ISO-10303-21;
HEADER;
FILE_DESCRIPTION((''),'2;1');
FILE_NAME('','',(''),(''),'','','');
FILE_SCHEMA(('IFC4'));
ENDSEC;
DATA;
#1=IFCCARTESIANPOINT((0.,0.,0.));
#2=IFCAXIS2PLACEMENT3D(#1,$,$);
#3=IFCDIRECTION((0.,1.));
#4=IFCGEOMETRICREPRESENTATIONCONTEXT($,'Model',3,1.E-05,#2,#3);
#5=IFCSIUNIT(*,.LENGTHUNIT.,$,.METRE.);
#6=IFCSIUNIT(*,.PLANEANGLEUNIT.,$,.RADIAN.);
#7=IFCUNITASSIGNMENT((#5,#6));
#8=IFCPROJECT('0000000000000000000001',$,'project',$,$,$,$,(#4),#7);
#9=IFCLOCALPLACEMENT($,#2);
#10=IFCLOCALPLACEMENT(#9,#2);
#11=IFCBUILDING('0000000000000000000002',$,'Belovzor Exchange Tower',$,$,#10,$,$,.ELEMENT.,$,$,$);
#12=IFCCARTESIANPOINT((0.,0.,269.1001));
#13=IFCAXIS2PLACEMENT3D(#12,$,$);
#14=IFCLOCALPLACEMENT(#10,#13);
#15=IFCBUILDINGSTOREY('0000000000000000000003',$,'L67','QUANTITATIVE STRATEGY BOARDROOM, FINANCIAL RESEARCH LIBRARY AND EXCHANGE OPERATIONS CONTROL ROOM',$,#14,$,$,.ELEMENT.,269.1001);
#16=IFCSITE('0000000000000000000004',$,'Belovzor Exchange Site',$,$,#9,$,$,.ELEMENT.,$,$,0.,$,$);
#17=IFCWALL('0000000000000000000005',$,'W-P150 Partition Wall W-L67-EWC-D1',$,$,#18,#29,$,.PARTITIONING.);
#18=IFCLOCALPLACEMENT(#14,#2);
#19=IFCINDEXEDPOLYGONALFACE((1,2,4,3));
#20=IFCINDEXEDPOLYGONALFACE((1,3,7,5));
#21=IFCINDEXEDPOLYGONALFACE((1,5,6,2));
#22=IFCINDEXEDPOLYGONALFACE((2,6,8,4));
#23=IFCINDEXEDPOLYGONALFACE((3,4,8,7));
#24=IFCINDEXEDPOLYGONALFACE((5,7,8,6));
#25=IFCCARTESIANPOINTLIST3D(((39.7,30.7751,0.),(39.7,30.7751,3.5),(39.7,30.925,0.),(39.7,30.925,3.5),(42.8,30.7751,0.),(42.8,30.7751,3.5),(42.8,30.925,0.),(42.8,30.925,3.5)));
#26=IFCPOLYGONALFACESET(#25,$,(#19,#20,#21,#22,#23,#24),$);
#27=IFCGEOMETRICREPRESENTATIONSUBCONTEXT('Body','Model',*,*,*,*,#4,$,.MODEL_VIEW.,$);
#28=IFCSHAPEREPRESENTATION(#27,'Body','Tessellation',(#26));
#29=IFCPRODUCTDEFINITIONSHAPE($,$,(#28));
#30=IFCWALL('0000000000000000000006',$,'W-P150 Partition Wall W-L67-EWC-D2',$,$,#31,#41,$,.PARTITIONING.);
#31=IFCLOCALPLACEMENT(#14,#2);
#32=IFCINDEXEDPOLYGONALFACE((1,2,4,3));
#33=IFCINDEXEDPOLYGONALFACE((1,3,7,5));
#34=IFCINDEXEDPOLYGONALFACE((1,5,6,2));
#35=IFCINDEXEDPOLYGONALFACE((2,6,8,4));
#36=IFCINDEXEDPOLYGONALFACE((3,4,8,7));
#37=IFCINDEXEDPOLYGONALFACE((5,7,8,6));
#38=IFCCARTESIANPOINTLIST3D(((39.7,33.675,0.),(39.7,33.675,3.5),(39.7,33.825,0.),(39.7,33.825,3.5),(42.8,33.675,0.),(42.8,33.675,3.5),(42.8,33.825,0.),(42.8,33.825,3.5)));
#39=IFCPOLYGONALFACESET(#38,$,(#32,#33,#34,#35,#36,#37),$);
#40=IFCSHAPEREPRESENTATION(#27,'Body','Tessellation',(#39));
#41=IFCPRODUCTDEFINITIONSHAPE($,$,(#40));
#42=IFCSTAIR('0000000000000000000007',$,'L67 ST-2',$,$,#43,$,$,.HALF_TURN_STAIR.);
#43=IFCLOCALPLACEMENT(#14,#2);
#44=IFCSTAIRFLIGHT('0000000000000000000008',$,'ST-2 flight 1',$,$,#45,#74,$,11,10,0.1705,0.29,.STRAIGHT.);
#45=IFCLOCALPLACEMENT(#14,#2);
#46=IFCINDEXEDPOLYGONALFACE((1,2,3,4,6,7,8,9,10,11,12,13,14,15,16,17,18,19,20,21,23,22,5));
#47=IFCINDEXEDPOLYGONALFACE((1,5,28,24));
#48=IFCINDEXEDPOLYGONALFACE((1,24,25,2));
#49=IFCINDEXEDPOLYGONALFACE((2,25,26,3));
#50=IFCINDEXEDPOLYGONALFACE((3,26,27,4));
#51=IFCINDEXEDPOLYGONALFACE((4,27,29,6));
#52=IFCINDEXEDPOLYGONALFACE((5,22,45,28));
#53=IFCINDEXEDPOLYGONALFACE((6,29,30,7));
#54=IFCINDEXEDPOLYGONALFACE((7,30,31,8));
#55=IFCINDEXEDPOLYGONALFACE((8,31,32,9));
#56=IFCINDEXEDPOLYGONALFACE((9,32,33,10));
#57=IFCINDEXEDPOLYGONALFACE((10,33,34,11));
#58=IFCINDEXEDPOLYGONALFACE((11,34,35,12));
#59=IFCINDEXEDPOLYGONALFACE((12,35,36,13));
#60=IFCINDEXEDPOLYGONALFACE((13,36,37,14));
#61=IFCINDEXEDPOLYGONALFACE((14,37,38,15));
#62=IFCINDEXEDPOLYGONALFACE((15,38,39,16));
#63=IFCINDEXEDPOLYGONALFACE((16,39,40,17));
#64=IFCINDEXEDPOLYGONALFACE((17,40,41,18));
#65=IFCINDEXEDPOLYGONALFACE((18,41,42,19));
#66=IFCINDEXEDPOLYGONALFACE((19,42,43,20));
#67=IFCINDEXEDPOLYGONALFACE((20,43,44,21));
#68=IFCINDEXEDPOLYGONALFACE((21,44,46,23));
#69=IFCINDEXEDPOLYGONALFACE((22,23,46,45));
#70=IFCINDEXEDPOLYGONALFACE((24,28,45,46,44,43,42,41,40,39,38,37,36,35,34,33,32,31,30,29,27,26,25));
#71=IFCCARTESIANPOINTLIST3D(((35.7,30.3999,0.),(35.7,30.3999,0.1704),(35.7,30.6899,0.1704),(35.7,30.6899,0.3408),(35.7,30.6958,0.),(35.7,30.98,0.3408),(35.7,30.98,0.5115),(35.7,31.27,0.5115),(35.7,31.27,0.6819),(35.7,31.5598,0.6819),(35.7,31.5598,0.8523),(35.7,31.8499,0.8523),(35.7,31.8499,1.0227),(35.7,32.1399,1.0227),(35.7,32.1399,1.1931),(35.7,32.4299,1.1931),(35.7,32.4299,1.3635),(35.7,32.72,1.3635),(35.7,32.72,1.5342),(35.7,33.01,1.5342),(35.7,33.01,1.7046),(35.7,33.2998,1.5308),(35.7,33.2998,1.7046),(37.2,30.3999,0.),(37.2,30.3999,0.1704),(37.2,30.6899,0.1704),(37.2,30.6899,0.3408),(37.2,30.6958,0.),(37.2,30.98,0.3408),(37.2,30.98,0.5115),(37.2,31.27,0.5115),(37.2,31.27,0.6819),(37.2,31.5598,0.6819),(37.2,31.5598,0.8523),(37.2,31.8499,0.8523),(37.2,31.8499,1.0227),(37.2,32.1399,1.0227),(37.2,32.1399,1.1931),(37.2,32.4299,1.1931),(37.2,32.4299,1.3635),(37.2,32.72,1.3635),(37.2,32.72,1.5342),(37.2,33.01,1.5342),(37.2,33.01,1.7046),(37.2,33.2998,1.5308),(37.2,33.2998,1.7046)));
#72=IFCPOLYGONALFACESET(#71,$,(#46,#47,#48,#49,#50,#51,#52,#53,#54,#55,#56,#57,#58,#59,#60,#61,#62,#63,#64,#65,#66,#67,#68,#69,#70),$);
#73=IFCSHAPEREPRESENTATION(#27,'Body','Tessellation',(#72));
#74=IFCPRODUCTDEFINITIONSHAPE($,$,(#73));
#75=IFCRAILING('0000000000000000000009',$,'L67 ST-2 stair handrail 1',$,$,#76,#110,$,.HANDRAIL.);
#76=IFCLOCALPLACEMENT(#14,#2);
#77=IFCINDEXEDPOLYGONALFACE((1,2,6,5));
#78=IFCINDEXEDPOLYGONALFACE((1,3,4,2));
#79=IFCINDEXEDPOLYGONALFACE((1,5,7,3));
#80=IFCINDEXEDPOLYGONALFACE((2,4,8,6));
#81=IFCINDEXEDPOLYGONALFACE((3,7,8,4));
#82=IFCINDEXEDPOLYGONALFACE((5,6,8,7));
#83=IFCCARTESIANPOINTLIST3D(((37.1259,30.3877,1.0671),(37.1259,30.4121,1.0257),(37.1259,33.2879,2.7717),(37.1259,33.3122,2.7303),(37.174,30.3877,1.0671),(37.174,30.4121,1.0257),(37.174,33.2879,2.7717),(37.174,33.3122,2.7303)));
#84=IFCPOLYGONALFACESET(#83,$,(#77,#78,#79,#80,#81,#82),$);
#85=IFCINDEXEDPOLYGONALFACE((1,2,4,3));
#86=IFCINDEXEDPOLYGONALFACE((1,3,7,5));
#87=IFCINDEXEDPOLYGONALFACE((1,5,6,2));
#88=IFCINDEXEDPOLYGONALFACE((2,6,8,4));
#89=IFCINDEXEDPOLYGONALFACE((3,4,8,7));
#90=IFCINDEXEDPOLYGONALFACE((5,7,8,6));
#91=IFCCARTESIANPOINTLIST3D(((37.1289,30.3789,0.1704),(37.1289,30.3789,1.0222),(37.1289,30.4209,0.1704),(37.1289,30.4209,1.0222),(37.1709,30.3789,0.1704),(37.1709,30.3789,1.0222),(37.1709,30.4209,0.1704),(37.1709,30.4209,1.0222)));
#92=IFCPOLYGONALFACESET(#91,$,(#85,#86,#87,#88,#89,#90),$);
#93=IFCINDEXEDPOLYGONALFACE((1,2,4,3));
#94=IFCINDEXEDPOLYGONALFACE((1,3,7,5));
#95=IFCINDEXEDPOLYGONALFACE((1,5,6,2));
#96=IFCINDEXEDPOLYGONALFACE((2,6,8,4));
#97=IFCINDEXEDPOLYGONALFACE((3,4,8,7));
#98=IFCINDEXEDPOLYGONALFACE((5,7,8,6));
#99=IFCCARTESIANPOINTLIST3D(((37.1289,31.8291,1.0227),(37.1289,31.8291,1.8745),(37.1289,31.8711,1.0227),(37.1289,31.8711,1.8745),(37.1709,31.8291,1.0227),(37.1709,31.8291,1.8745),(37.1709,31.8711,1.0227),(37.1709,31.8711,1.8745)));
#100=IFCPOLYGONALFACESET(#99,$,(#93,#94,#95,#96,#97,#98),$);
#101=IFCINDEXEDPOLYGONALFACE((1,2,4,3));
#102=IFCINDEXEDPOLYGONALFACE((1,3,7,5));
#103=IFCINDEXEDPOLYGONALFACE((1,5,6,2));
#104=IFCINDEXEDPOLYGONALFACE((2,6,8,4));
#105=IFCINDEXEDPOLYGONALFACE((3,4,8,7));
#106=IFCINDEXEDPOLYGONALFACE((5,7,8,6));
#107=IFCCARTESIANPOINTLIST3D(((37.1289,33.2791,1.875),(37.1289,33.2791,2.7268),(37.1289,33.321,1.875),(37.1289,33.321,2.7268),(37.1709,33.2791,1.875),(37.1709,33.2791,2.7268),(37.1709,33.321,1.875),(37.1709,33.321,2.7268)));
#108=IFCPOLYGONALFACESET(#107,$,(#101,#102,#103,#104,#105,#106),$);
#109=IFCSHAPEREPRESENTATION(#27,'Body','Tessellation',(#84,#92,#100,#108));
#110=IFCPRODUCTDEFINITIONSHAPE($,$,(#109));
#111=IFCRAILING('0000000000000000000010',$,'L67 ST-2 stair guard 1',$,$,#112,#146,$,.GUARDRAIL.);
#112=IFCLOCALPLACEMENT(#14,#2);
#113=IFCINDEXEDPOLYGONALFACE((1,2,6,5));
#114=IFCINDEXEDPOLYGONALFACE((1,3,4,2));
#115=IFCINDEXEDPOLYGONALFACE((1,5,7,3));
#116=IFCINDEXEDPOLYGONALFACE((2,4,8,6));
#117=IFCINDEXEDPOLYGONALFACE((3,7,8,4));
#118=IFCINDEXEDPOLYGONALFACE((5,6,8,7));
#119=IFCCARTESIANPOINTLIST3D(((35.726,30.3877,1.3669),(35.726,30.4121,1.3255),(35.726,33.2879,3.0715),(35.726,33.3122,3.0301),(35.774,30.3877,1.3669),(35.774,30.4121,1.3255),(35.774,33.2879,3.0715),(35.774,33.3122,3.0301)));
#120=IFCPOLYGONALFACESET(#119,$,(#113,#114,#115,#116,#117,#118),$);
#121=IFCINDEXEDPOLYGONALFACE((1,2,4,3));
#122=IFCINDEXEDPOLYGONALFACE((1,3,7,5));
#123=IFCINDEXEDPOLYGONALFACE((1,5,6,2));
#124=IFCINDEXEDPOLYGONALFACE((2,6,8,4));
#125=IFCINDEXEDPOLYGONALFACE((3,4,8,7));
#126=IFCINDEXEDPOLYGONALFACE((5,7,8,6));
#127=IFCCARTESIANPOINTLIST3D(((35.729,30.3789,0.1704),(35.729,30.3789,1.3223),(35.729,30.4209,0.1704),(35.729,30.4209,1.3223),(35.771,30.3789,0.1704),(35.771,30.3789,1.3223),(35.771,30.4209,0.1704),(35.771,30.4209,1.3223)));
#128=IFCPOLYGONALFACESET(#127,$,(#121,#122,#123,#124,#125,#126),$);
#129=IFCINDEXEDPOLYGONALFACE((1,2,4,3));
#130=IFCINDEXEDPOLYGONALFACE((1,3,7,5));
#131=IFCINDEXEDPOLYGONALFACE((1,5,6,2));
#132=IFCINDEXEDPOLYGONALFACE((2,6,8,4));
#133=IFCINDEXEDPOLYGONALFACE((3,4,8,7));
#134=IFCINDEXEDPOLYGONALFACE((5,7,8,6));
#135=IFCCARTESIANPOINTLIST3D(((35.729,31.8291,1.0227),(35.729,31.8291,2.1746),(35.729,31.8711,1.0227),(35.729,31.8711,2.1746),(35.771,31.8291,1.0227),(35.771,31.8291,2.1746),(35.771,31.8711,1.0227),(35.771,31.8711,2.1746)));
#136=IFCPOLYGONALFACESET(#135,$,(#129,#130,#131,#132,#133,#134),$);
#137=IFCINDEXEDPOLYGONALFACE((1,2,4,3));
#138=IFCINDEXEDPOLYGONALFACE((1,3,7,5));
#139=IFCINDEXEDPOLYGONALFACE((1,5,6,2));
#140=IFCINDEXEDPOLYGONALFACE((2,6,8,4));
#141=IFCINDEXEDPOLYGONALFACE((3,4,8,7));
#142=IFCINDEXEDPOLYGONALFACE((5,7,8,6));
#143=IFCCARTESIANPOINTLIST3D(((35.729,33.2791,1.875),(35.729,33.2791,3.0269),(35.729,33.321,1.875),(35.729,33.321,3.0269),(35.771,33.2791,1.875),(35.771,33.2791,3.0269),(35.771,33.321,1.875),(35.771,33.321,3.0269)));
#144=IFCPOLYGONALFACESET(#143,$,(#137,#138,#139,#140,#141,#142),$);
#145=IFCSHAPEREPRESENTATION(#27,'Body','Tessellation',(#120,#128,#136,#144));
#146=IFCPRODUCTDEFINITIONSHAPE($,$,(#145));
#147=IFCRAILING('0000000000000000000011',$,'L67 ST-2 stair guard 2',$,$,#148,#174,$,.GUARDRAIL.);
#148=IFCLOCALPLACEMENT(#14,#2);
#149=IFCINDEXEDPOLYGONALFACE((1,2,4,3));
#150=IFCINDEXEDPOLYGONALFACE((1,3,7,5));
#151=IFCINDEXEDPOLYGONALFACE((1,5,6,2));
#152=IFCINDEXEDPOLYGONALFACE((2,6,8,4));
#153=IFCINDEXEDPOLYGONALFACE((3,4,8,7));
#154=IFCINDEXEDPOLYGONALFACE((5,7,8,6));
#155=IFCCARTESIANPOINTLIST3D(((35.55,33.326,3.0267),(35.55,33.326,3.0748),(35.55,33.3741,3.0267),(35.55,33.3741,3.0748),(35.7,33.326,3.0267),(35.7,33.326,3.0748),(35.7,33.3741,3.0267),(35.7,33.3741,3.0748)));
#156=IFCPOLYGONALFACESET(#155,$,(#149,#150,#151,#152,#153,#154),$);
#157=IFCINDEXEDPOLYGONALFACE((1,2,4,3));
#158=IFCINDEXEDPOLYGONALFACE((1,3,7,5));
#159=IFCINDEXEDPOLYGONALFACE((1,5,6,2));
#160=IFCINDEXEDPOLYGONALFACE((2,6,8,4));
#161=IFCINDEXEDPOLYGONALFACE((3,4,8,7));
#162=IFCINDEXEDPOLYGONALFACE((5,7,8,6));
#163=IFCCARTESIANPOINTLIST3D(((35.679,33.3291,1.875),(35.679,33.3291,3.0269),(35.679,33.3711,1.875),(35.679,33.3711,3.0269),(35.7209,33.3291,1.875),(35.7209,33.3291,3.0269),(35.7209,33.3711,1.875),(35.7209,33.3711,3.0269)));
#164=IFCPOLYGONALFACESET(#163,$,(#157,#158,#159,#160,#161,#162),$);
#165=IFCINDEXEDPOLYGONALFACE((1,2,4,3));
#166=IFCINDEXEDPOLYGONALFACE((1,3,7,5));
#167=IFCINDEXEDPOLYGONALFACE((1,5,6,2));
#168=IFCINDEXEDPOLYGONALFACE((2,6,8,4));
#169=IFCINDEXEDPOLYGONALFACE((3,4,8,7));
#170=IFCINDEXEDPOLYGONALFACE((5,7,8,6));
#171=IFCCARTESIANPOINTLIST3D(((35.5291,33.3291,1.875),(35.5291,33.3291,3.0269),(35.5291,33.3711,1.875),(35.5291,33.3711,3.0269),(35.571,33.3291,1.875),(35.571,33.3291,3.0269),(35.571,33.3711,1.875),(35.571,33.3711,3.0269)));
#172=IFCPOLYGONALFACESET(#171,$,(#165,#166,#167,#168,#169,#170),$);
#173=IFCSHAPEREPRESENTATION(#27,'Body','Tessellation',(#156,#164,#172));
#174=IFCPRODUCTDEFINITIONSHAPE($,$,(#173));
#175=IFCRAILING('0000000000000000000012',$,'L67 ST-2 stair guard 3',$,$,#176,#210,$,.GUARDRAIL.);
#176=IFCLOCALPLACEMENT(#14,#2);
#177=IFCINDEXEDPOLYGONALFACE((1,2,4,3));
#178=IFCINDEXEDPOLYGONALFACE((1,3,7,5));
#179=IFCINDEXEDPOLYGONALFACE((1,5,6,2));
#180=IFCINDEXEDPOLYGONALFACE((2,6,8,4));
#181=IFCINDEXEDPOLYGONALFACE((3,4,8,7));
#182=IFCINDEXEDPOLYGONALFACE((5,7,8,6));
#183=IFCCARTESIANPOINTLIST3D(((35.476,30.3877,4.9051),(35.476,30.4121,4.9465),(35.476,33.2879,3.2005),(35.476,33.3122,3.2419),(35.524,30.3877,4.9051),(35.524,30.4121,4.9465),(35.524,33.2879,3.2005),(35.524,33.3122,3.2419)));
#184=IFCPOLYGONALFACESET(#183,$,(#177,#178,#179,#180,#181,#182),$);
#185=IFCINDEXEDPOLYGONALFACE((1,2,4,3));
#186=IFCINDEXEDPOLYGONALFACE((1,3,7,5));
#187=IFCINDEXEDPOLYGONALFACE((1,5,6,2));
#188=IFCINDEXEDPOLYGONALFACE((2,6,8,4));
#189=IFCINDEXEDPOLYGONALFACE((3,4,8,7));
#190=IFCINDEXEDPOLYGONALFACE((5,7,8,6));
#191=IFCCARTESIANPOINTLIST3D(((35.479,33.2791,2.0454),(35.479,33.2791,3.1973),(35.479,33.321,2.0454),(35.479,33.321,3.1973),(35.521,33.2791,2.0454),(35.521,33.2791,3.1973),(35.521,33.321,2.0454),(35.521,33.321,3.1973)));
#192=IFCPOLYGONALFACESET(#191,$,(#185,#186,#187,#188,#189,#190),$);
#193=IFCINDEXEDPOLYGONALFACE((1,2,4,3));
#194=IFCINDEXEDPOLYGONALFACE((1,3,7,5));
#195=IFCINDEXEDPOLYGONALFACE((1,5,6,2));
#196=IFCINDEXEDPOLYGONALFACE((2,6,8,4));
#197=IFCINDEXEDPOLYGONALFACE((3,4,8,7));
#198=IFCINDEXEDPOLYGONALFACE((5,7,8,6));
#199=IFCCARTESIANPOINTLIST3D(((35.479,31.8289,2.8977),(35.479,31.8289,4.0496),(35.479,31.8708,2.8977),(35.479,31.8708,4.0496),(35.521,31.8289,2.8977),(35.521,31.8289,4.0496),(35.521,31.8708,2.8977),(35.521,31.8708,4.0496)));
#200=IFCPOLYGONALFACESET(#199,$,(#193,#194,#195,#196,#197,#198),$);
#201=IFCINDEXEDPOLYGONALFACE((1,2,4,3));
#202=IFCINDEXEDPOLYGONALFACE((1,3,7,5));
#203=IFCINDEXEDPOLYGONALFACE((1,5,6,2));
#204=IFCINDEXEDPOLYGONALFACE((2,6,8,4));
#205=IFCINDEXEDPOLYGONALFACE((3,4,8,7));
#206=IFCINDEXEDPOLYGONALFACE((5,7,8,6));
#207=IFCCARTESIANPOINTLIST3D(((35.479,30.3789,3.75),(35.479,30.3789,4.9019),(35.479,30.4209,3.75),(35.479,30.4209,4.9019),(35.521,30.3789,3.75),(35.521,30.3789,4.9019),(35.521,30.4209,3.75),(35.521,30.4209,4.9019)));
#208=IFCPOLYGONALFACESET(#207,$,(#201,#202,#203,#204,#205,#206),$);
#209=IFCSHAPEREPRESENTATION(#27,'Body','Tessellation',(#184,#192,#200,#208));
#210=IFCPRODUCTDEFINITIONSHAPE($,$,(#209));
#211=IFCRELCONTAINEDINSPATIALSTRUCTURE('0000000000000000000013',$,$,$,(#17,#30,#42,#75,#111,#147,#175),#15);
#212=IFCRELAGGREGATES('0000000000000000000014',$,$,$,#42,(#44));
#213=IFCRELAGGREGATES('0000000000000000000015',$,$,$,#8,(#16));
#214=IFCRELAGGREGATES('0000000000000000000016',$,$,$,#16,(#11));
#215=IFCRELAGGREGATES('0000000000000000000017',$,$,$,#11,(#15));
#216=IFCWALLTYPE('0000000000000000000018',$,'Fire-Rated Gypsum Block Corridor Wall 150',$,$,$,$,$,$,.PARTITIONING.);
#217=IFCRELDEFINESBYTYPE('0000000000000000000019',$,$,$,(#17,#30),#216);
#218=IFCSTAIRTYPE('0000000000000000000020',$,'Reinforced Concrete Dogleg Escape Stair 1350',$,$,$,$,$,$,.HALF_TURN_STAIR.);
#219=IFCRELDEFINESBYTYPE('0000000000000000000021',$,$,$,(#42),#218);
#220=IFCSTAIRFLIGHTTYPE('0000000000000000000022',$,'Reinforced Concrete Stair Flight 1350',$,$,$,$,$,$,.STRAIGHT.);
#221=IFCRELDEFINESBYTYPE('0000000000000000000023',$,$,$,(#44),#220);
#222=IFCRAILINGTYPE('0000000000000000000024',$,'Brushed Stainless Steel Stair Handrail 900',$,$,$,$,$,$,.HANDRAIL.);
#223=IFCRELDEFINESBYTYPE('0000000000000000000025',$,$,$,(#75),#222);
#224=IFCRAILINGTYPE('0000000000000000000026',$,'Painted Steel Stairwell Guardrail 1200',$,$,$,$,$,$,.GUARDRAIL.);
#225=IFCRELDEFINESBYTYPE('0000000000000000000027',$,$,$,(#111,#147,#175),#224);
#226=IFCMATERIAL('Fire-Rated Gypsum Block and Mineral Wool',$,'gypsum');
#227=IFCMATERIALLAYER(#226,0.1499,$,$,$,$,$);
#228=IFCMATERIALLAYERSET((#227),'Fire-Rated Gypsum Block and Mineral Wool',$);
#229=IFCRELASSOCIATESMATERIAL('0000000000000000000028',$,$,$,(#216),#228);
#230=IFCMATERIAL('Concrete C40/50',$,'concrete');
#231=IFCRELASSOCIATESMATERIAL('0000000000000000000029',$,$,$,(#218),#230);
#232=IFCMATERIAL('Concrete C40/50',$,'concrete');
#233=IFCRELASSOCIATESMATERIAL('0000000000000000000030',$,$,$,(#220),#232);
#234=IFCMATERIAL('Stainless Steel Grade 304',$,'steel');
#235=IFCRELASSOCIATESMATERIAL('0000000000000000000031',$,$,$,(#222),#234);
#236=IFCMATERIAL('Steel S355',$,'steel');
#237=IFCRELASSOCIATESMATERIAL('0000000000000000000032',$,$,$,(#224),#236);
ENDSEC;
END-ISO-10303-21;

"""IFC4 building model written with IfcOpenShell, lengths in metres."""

from ifc_helpers import new_model, si_unit, direction, frame, frame_2d, origin, origin_2d, place, context, subcontext, project, spatial, polyline, rectangle, outline, extrude, material, layer, layer_set, type_object, element, aggregate, save


model = new_model("IFC4")

# Units and contexts
model_context = context("Model", 3, precision=1e-05, world=origin(), true_north=direction((0.0, 1.0)))
body_context = subcontext(model_context, "Body", "Model", "MODEL_VIEW")
ifc_project = project(units=[si_unit("LENGTHUNIT", "METRE"), si_unit("PLANEANGLEUNIT", "RADIAN")], contexts=[model_context])

# Site, building, storey
site_placement = place(None, origin())
site = spatial("IfcSite", under=ifc_project, at=site_placement, Name="Belovzor Exchange Site", CompositionType="ELEMENT", RefElevation=0.0)
building_placement = place(site_placement, origin())
building = spatial("IfcBuilding", under=site, at=building_placement, Name="Belovzor Exchange Tower", CompositionType="ELEMENT")
storey_placement = place(building_placement, frame((0.0, 0.0, 269.1001)))
storey = spatial("IfcBuildingStorey", under=building, at=storey_placement, Name="L67", Description="QUANTITATIVE STRATEGY BOARDROOM, FINANCIAL RESEARCH LIBRARY AND EXCHANGE OPERATIONS CONTROL ROOM", CompositionType="ELEMENT", Elevation=269.1001)

# Walls
ifc_material_1 = material(Name="Fire-Rated Gypsum Block and Mineral Wool", Category="gypsum")
ifc_layer_1 = layer(ifc_material_1, 0.1499)
ifc_layer_set_1 = layer_set([ifc_layer_1], Name="Fire-Rated Gypsum Block and Mineral Wool")
wall_type = type_object("IfcWallType", Name="Fire-Rated Gypsum Block Corridor Wall 150", PredefinedType="PARTITIONING", material=ifc_layer_set_1)
for number, where, z_axis, x_axis, name in (
    (1, (39.7, 30.8501, 0.0), (0.0, 0.0, 1.0), (1.0, 0.0, 0.0), "W-P150 Partition Wall W-L67-EWC-D1"),
    (2, (39.7, 33.75, 0.0), (0.0, 0.0, 1.0), (1.0, 0.0, 0.0), "W-P150 Partition Wall W-L67-EWC-D2"),
):
    element("IfcWall", number, at=place(storey_placement, frame(where, z_axis=z_axis, x_axis=x_axis)), inside=storey, type_object=wall_type, Name=name, PredefinedType="PARTITIONING", context=body_context, shape_type="SweptSolid", body=[
        extrude(rectangle(XDim=3.1001, YDim=0.1499, at=frame_2d((1.55, 0.0))), origin(), (0.0, 0.0, 1.0), 3.5),
    ])

# Stair, stair flight
ifc_material_2 = material(Name="Concrete C40/50", Category="concrete")
stair_type = type_object("IfcStairType", Name="Reinforced Concrete Dogleg Escape Stair 1350", PredefinedType="HALF_TURN_STAIR", material=ifc_material_2)
stair_placement = place(storey_placement, origin())
stair = element("IfcStair", 3, at=stair_placement, inside=storey, type_object=stair_type, Name="L67 ST-2", PredefinedType="HALF_TURN_STAIR")
ifc_material_3 = material(Name="Concrete C40/50", Category="concrete")
stair_flight_type = type_object("IfcStairFlightType", Name="Reinforced Concrete Stair Flight 1350", PredefinedType="STRAIGHT", material=ifc_material_3)
stair_flight_placement = place(storey_placement, frame((36.45, 30.3999, 0.0), z_axis=(0.0, 0.0, 1.0), x_axis=(0.0, 1.0, 0.0)))
stair_flight = element("IfcStairFlight", 4, at=stair_flight_placement, type_object=stair_flight_type, Name="ST-2 flight 1", NumberOfRisers=11, NumberOfTreads=10, PredefinedType="STRAIGHT", RiserHeight=0.1705, TreadLength=0.29, context=body_context, shape_type="SweptSolid", body=[
    extrude(outline(polyline([(0.0, 0.0), (0.0, 0.1704), (0.29, 0.1704), (0.29, 0.3408), (0.5801, 0.3408), (0.5801, 0.5115), (0.8701, 0.5115), (0.8701, 0.6819), (1.1599, 0.6819), (1.1599, 0.8523), (1.45, 0.8523), (1.45, 1.0227), (1.74, 1.0227), (1.74, 1.1931), (2.03, 1.1931), (2.03, 1.3635), (2.3201, 1.3635), (2.3201, 1.5342), (2.6101, 1.5342), (2.6101, 1.7046), (2.8999, 1.7046), (2.8999, 1.875), (2.8999, 1.5308), (0.2959, 0.0), (0.0, 0.0)])), frame((0.0, 0.75, 0.0), z_axis=(0.0, -1.0, 0.0), x_axis=(1.0, 0.0, 0.0)), (0.0, 0.0, 1.0), 1.5),
])
aggregate(stair, [stair_flight])

# Railings
ifc_material_4 = material(Name="Stainless Steel Grade 304", Category="steel")
railing_type_1 = type_object("IfcRailingType", Name="Brushed Stainless Steel Stair Handrail 900", PredefinedType="HANDRAIL", material=ifc_material_4)
railing_1_placement = place(storey_placement, frame((37.1499, 30.3999, 0.1704)))
element("IfcRailing", 5, at=railing_1_placement, inside=storey, type_object=railing_type_1, Name="L67 ST-2 stair handrail 1", PredefinedType="HANDRAIL", context=body_context, shape_type="SweptSolid", body=[
    extrude(rectangle(XDim=0.0481, YDim=0.0481, at=origin_2d()), frame((0.0, 0.0, 0.876), z_axis=(0.0, 0.862113, 0.506716), x_axis=(-1.0, 0.0, 0.0)), (0.0, 0.0, 1.0), 3.364),
    extrude(rectangle(XDim=0.042, YDim=0.042, at=origin_2d()), origin(), (0.0, 0.0, 1.0), 0.8518),
    extrude(rectangle(XDim=0.042, YDim=0.042, at=origin_2d()), frame((0.0, 1.4502, 0.8523)), (0.0, 0.0, 1.0), 0.8518),
    extrude(rectangle(XDim=0.042, YDim=0.042, at=origin_2d()), frame((0.0, 2.9001, 1.7046)), (0.0, 0.0, 1.0), 0.8518),
])
ifc_material_5 = material(Name="Steel S355", Category="steel")
railing_type_2 = type_object("IfcRailingType", Name="Painted Steel Stairwell Guardrail 1200", PredefinedType="GUARDRAIL", material=ifc_material_5)
railing_2_placement = place(storey_placement, frame((35.75, 30.3999, 0.1704)))
element("IfcRailing", 6, at=railing_2_placement, inside=storey, type_object=railing_type_2, Name="L67 ST-2 stair guard 1", PredefinedType="GUARDRAIL", context=body_context, shape_type="SweptSolid", body=[
    extrude(rectangle(XDim=0.0481, YDim=0.0481, at=origin_2d()), frame((0.0, 0.0, 1.1758), z_axis=(0.0, 0.862113, 0.506716), x_axis=(-1.0, 0.0, 0.0)), (0.0, 0.0, 1.0), 3.364),
    extrude(rectangle(XDim=0.042, YDim=0.042, at=origin_2d()), origin(), (0.0, 0.0, 1.0), 1.1519),
    extrude(rectangle(XDim=0.042, YDim=0.042, at=origin_2d()), frame((0.0, 1.4502, 0.8523)), (0.0, 0.0, 1.0), 1.1519),
    extrude(rectangle(XDim=0.042, YDim=0.042, at=origin_2d()), frame((0.0, 2.9001, 1.7046)), (0.0, 0.0, 1.0), 1.1519),
])
railing_3_placement = place(storey_placement, frame((35.7, 33.3501, 1.875)))
element("IfcRailing", 7, at=railing_3_placement, inside=storey, type_object=railing_type_2, Name="L67 ST-2 stair guard 2", PredefinedType="GUARDRAIL", context=body_context, shape_type="SweptSolid", body=[
    extrude(rectangle(XDim=0.0481, YDim=0.0481, at=origin_2d()), frame((0.0, 0.0, 1.1758), z_axis=(-1.0, 0.0, 0.0), x_axis=(0.0, -1.0, 0.0)), (0.0, 0.0, 1.0), 0.1499),
    extrude(rectangle(XDim=0.042, YDim=0.042, at=origin_2d()), origin(), (0.0, 0.0, 1.0), 1.1519),
    extrude(rectangle(XDim=0.042, YDim=0.042, at=origin_2d()), frame((-0.1499, 0.0, 0.0)), (0.0, 0.0, 1.0), 1.1519),
])
railing_4_placement = place(storey_placement, frame((35.5, 33.3, 2.0454)))
element("IfcRailing", 8, at=railing_4_placement, inside=storey, type_object=railing_type_2, Name="L67 ST-2 stair guard 3", PredefinedType="GUARDRAIL", context=body_context, shape_type="SweptSolid", body=[
    extrude(rectangle(XDim=0.0481, YDim=0.0481, at=origin_2d()), frame((0.0, 0.0, 1.1758), z_axis=(0.0, -0.862113, 0.506716), x_axis=(1.0, 0.0, 0.0)), (0.0, 0.0, 1.0), 3.364),
    extrude(rectangle(XDim=0.042, YDim=0.042, at=origin_2d()), origin(), (0.0, 0.0, 1.0), 1.1519),
    extrude(rectangle(XDim=0.042, YDim=0.042, at=origin_2d()), frame((0.0, -1.4502, 0.8523)), (0.0, 0.0, 1.0), 1.1519),
    extrude(rectangle(XDim=0.042, YDim=0.042, at=origin_2d()), frame((0.0, -2.9001, 1.7046)), (0.0, 0.0, 1.0), 1.1519),
])

save(model, "model.ifc")
